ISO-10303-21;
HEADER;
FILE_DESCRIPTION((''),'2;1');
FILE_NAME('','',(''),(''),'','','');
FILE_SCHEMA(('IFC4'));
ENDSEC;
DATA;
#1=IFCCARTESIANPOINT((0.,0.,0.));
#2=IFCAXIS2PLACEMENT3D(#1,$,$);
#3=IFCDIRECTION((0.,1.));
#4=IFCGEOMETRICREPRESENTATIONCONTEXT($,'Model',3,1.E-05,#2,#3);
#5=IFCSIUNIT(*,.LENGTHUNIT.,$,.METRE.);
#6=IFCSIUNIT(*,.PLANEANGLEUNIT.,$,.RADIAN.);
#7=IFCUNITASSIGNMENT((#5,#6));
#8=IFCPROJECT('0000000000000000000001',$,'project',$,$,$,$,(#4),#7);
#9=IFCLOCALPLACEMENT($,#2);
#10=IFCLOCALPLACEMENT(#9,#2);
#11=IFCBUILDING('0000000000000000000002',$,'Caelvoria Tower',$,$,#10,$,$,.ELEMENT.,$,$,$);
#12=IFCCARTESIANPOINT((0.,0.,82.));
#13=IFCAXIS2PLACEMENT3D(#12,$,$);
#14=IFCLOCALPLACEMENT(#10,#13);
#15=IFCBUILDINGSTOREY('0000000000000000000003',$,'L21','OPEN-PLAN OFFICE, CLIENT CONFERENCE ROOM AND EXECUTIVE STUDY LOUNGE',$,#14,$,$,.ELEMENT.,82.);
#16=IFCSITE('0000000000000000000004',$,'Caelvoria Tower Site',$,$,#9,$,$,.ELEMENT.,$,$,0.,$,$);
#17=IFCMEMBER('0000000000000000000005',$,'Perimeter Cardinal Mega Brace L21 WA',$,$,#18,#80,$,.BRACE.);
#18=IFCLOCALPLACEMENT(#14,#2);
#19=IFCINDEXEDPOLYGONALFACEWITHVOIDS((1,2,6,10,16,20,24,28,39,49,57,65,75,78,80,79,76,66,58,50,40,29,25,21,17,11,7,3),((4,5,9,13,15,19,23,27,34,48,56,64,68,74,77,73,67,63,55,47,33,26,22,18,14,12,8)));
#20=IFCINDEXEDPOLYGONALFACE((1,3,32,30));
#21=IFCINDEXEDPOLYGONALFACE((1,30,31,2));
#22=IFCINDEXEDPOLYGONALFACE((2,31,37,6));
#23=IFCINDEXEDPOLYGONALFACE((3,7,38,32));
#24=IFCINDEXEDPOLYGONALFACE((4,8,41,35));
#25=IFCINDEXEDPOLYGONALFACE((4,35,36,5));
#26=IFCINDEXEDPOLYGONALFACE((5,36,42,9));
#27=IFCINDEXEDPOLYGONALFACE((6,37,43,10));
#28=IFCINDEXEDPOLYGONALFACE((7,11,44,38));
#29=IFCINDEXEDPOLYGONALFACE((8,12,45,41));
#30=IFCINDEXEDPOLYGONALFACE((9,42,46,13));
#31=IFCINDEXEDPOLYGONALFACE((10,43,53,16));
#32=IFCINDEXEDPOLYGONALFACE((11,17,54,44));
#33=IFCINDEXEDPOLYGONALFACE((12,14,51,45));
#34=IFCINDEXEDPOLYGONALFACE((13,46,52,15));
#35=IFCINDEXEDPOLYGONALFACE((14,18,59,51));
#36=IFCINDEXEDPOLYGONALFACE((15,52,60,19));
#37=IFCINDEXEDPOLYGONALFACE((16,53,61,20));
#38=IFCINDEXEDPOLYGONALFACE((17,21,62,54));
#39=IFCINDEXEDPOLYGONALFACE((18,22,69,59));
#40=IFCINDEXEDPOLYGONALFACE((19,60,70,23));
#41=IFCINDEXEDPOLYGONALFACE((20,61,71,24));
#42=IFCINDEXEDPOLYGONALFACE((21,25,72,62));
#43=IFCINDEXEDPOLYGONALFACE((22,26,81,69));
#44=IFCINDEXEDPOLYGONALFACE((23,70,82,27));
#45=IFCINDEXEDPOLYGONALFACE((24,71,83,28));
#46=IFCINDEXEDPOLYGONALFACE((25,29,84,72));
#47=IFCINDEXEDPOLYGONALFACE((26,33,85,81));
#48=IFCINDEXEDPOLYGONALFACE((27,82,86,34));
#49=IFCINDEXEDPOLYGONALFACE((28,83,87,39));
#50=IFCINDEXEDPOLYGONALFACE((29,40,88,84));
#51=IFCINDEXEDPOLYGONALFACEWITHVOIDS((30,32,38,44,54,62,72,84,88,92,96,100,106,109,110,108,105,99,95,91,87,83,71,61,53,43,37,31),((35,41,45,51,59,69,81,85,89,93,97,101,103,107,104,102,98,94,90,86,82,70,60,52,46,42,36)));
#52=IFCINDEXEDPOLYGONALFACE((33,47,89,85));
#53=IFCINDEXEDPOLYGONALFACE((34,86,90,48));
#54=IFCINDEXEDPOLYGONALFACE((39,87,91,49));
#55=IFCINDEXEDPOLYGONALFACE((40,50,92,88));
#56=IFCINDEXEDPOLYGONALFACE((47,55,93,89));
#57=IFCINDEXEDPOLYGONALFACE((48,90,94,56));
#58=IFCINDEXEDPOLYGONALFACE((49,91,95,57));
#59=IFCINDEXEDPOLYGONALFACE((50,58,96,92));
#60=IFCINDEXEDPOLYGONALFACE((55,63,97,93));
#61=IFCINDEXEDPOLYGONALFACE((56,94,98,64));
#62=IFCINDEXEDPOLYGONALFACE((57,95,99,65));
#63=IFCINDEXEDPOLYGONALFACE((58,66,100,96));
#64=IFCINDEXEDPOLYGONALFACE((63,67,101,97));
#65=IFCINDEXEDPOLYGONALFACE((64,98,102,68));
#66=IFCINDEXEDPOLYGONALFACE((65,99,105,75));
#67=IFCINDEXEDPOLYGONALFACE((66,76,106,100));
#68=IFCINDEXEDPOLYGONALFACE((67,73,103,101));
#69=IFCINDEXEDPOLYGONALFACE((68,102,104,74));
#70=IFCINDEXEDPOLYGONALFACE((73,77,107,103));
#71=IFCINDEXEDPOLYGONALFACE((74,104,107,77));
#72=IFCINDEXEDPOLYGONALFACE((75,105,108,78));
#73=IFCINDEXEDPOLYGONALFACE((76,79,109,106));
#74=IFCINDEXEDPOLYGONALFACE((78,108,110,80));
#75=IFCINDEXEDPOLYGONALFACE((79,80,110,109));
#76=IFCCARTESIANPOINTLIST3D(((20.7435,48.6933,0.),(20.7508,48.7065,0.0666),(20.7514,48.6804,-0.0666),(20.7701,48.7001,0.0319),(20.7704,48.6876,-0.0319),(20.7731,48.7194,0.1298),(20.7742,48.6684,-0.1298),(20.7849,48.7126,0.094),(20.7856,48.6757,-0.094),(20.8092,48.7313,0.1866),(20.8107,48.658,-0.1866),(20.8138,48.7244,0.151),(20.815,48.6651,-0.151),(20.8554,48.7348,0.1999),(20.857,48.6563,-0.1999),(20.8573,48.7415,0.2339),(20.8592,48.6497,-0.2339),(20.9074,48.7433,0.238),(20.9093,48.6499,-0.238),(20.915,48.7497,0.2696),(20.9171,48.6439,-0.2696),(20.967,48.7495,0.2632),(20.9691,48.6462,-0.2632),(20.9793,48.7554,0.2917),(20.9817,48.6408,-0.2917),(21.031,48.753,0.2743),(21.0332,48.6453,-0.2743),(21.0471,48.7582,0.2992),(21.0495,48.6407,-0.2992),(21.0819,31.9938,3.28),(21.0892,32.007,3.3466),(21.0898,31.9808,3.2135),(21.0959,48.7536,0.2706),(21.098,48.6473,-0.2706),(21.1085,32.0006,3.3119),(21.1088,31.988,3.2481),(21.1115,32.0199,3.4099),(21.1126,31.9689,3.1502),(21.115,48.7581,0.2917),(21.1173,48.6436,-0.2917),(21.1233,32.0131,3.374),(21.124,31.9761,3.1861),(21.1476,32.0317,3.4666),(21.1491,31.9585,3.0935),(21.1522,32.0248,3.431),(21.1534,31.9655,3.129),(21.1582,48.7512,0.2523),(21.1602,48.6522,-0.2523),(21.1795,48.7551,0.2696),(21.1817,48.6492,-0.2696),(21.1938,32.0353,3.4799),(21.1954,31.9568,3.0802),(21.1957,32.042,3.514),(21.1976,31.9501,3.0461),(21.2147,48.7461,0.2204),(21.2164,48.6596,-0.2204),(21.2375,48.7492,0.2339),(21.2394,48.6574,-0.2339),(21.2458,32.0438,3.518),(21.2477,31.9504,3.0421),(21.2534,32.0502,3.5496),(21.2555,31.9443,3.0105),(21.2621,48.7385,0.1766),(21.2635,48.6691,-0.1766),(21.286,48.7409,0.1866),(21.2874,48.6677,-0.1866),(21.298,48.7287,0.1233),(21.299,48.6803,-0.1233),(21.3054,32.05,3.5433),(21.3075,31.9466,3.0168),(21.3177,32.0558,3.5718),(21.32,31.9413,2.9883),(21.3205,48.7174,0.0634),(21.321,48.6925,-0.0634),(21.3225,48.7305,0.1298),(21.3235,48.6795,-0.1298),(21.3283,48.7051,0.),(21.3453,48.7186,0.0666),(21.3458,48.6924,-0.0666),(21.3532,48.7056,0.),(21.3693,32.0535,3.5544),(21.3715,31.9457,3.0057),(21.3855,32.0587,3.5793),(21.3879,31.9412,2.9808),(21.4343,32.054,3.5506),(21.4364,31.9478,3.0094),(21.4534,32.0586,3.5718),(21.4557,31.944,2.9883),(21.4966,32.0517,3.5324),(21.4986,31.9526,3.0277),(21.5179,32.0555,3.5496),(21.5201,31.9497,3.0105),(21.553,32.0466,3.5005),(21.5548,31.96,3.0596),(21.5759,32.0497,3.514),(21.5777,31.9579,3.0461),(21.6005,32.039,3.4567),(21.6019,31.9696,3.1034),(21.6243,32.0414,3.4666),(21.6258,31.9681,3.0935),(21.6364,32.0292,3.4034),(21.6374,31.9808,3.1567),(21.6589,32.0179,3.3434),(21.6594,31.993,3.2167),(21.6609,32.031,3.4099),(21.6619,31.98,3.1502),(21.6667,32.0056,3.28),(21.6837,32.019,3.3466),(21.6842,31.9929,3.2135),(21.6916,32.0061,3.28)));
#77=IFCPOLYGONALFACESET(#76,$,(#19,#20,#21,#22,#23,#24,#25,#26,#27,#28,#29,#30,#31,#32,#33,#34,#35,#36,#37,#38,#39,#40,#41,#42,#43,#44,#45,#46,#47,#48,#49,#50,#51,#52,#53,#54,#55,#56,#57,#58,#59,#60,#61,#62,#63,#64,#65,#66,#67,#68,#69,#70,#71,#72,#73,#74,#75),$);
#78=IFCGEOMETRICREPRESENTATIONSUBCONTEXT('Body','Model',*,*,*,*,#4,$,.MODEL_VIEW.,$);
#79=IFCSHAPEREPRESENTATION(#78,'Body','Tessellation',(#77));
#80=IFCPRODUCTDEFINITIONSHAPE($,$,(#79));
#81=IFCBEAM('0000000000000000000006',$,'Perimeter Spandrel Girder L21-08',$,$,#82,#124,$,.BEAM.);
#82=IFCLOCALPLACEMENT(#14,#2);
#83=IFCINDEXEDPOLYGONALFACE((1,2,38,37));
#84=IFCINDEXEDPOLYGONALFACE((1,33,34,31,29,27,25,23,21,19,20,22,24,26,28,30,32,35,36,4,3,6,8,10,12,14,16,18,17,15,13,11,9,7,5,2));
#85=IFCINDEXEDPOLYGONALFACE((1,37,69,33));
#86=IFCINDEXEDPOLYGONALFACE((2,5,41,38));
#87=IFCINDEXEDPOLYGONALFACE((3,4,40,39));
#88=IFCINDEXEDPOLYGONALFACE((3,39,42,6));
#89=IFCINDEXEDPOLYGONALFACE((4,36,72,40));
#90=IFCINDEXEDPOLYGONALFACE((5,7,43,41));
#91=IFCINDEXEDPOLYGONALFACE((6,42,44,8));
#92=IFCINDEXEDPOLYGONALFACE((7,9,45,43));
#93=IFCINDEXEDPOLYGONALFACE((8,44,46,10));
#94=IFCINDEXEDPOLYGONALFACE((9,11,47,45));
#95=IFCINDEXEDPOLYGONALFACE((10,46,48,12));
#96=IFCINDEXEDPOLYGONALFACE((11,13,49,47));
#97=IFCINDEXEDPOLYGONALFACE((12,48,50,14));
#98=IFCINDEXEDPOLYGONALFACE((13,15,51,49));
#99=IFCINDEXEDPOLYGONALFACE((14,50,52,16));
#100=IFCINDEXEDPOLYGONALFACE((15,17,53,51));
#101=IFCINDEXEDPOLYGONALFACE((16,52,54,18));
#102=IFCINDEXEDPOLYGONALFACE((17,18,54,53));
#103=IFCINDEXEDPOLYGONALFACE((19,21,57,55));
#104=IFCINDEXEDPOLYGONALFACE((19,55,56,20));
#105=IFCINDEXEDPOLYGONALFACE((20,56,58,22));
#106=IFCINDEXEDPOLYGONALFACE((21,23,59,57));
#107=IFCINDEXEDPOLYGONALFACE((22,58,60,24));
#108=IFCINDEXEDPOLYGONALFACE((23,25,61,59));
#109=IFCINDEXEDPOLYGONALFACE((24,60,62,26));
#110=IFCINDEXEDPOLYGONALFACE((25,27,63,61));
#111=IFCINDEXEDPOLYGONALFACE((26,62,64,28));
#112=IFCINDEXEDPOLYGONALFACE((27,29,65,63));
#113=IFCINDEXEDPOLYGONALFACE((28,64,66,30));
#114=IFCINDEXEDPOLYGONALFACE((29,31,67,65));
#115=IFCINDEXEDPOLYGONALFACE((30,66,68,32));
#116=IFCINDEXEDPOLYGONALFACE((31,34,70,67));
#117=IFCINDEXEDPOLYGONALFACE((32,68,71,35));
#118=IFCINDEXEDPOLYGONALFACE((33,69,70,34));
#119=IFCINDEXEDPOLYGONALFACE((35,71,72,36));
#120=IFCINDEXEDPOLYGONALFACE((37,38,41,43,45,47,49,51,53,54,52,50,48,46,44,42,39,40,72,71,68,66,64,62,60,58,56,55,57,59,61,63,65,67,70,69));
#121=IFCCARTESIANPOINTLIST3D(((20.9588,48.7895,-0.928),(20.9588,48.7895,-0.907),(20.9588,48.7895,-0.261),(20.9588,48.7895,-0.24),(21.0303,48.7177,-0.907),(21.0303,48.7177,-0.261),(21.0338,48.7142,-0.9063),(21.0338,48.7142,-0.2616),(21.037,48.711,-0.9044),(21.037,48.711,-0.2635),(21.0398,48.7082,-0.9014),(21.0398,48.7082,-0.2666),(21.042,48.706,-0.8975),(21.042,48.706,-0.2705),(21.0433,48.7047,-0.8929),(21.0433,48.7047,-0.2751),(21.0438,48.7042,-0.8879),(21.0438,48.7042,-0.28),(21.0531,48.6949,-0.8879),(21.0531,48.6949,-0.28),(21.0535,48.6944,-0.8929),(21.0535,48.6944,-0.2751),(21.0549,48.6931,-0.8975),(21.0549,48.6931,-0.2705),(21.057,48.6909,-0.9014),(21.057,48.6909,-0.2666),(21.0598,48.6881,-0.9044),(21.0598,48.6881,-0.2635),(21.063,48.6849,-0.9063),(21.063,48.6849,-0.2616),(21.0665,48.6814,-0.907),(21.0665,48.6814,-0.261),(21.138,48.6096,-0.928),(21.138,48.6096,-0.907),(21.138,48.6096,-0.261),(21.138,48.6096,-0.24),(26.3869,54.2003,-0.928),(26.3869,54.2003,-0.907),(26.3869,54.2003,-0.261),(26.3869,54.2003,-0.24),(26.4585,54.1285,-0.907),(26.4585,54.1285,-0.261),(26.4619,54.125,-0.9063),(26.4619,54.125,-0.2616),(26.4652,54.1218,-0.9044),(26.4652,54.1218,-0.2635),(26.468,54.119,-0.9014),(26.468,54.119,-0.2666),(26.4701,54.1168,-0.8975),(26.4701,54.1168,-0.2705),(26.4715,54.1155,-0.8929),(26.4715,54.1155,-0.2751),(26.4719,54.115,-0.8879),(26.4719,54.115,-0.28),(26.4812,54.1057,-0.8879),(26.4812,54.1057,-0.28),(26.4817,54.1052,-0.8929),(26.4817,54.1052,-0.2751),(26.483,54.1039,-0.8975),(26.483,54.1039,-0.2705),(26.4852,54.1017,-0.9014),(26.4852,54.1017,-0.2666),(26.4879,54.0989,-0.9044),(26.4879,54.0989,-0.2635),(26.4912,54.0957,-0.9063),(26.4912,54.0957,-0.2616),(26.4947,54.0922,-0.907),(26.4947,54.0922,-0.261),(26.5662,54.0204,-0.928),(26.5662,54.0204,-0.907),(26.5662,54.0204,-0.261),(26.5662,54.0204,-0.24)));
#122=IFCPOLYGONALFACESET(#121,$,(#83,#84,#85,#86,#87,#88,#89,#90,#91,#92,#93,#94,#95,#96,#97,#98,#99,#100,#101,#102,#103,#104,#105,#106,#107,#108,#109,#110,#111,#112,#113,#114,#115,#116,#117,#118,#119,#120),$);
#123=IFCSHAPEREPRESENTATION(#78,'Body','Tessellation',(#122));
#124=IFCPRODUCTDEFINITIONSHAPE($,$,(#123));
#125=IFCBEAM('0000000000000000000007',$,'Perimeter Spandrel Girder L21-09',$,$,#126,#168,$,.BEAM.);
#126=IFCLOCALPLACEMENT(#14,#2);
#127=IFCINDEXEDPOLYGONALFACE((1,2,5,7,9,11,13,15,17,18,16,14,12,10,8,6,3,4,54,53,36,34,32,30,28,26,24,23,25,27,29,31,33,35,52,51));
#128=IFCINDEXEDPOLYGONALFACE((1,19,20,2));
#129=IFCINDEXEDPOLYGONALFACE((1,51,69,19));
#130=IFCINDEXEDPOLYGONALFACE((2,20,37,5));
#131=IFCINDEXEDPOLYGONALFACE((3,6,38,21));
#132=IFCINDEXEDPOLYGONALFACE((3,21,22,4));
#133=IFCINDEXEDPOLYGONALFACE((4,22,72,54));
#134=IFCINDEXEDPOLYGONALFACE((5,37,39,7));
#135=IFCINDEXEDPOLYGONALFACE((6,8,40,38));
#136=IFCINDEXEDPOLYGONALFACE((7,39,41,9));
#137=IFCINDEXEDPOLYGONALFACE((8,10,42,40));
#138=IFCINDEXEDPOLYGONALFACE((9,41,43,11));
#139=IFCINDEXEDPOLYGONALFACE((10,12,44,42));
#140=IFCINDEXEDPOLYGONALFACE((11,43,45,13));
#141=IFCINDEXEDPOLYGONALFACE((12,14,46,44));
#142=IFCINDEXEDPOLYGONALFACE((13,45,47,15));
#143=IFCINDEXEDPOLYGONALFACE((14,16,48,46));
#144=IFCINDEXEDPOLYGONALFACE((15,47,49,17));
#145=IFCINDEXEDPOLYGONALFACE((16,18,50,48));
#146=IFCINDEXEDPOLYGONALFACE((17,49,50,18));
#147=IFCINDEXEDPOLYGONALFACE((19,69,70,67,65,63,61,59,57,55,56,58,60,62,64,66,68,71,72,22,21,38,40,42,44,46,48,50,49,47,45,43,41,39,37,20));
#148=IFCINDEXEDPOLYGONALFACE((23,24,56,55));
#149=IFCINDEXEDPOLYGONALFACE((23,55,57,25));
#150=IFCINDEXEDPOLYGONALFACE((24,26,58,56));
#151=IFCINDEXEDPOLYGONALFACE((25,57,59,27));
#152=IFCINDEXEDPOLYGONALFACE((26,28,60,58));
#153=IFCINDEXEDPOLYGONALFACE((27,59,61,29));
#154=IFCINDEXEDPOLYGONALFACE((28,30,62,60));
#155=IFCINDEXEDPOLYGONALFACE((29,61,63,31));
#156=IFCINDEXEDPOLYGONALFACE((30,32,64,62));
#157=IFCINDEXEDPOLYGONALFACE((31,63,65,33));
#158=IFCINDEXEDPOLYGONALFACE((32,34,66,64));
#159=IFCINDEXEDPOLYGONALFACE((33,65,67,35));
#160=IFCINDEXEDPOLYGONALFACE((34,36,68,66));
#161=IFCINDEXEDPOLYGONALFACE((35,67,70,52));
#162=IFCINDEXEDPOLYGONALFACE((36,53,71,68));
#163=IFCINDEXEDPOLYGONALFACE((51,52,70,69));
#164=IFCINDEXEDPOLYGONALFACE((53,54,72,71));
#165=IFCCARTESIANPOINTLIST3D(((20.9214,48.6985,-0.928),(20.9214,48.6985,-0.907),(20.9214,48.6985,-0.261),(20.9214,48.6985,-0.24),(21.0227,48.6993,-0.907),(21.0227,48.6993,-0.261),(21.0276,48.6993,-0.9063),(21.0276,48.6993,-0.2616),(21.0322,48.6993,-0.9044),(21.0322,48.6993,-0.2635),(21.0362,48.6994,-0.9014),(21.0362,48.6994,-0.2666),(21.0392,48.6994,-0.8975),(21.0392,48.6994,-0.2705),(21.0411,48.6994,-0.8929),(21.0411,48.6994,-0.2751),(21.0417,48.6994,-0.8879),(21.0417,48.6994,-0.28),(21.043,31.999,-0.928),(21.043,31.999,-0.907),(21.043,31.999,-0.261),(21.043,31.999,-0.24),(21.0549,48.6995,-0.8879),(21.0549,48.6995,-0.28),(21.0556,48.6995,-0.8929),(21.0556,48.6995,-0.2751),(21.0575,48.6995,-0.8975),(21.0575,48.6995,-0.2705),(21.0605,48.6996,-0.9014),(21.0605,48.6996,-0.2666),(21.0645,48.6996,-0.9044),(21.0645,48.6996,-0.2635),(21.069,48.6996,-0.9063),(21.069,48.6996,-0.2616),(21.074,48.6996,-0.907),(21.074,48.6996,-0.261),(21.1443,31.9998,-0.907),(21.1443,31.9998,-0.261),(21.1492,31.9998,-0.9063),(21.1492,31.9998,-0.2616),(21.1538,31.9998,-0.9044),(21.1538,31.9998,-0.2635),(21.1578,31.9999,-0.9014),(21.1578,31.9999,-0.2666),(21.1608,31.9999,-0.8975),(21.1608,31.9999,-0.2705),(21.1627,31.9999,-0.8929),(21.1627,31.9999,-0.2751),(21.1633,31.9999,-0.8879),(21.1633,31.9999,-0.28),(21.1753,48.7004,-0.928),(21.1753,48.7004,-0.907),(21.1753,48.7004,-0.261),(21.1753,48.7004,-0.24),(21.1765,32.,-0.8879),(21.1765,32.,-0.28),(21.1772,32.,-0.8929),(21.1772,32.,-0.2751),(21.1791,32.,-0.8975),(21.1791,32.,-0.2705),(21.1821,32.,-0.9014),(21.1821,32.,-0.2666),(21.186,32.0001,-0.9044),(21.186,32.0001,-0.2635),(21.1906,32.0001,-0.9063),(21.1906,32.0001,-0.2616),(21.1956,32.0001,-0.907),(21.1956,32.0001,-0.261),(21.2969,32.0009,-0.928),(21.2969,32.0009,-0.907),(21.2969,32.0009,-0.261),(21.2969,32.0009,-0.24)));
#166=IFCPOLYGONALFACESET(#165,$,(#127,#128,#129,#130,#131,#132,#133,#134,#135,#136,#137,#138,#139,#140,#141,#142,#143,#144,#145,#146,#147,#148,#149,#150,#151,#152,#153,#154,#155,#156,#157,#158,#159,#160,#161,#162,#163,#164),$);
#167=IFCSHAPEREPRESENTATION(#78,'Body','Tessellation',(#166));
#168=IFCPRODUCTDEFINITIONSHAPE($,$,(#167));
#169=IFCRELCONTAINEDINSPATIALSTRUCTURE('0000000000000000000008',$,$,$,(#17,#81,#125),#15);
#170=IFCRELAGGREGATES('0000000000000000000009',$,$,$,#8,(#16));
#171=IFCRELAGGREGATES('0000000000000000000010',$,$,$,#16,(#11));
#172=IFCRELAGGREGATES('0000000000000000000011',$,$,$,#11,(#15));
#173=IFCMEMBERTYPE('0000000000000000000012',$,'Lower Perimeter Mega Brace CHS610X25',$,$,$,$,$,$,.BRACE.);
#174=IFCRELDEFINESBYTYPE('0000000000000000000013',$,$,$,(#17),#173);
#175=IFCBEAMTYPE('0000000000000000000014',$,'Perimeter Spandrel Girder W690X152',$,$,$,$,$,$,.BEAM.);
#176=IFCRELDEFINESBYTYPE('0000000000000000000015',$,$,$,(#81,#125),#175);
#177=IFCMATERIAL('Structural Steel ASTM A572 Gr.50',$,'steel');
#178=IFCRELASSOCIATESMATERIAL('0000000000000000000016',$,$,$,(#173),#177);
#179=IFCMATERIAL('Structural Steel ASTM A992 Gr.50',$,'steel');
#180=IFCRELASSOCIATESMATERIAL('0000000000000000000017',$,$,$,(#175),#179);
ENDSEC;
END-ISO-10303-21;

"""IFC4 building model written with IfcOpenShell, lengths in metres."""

from ifc_helpers import new_model, si_unit, direction, frame, origin, origin_2d, place, context, subcontext, project, spatial, hollow_circle, i_section, extrude, material, material_profile, profile_set, type_object, element, save


model = new_model("IFC4")

# Units and contexts
model_context = context("Model", 3, precision=1e-05, world=origin(), true_north=direction((0.0, 1.0)))
body_context = subcontext(model_context, "Body", "Model", "MODEL_VIEW")
ifc_project = project(units=[si_unit("LENGTHUNIT", "METRE"), si_unit("PLANEANGLEUNIT", "RADIAN")], contexts=[model_context])

# Site, building, storey
site_placement = place(None, origin())
site = spatial("IfcSite", under=ifc_project, at=site_placement, Name="Caelvoria Tower Site", CompositionType="ELEMENT", RefElevation=0.0)
building_placement = place(site_placement, origin())
building = spatial("IfcBuilding", under=site, at=building_placement, Name="Caelvoria Tower", CompositionType="ELEMENT")
storey_placement = place(building_placement, frame((0.0, 0.0, 82.0)))
storey = spatial("IfcBuildingStorey", under=building, at=storey_placement, Name="L21", Description="OPEN-PLAN OFFICE, CLIENT CONFERENCE ROOM AND EXECUTIVE STUDY LOUNGE", CompositionType="ELEMENT", Elevation=82.0)

# Shared definitions
ifc_material_1 = material(Name="Structural Steel ASTM A572 Gr.50", Category="steel")

# Member
ifc_material_profile_1 = material_profile(ifc_material_1, hollow_circle(Radius=0.3049, WallThickness=0.0249, at=origin_2d()), Name="Structural Steel ASTM A572 Gr.50")
ifc_profile_set_1 = profile_set([ifc_material_profile_1], Name="CHS610X25 - Structural Steel ASTM A572 Gr.50")
member_type = type_object("IfcMemberType", Name="Lower Perimeter Mega Brace CHS610X25", PredefinedType="BRACE", material=ifc_profile_set_1)
member_1_placement = place(storey_placement, frame((21.0483, 48.6995, 0.0), z_axis=(0.019879, -0.981057, 0.192695), x_axis=(0.999795, 0.020259, 0.0)))
element("IfcMember", 1, at=member_1_placement, inside=storey, type_object=member_type, Name="Perimeter Cardinal Mega Brace L21 WA", PredefinedType="BRACE", context=body_context, shape_type="SweptSolid", body=[
    extrude(hollow_circle(Radius=0.3049, WallThickness=0.0249, at=origin_2d()), origin(), (0.0, 0.0, 1.0), 17.022),
])

# Beams
ifc_material_2 = material(Name="Structural Steel ASTM A992 Gr.50", Category="steel")
ifc_material_profile_2 = material_profile(ifc_material_2, i_section(OverallWidth=0.2539, OverallDepth=0.688, WebThickness=0.0132, FlangeThickness=0.021, FilletRadius=0.019, at=origin_2d()), Name="Structural Steel ASTM A992 Gr.50")
ifc_profile_set_2 = profile_set([ifc_material_profile_2], Name="W690X152 - Structural Steel ASTM A992 Gr.50")
beam_type_1 = type_object("IfcBeamType", Name="Perimeter Spandrel Girder W690X152", PredefinedType="BEAM", material=ifc_profile_set_2)
beam_1_placement = place(storey_placement, frame((26.4766, 54.1104, -0.584), z_axis=(-0.708237, -0.705975, 0.0), x_axis=(0.705975, -0.708237, 0.0)))
element("IfcBeam", 2, at=beam_1_placement, inside=storey, type_object=beam_type_1, Name="Perimeter Spandrel Girder L21-08", PredefinedType="BEAM", context=body_context, shape_type="SweptSolid", body=[
    extrude(i_section(OverallWidth=0.2539, OverallDepth=0.688, WebThickness=0.0132, FlangeThickness=0.021, FilletRadius=0.019, at=origin_2d()), origin(), (0.0, 0.0, 1.0), 7.6643),
])
beam_2_placement = place(storey_placement, frame((21.0483, 48.6995, -0.584), z_axis=(0.00728, -0.999973, 0.0), x_axis=(0.999973, 0.00728, 0.0)))
element("IfcBeam", 3, at=beam_2_placement, inside=storey, type_object=beam_type_1, Name="Perimeter Spandrel Girder L21-09", PredefinedType="BEAM", context=body_context, shape_type="SweptSolid", body=[
    extrude(i_section(OverallWidth=0.2539, OverallDepth=0.688, WebThickness=0.0132, FlangeThickness=0.021, FilletRadius=0.019, at=origin_2d()), origin(), (0.0, 0.0, 1.0), 16.7),
])

save(model, "model.ifc")
